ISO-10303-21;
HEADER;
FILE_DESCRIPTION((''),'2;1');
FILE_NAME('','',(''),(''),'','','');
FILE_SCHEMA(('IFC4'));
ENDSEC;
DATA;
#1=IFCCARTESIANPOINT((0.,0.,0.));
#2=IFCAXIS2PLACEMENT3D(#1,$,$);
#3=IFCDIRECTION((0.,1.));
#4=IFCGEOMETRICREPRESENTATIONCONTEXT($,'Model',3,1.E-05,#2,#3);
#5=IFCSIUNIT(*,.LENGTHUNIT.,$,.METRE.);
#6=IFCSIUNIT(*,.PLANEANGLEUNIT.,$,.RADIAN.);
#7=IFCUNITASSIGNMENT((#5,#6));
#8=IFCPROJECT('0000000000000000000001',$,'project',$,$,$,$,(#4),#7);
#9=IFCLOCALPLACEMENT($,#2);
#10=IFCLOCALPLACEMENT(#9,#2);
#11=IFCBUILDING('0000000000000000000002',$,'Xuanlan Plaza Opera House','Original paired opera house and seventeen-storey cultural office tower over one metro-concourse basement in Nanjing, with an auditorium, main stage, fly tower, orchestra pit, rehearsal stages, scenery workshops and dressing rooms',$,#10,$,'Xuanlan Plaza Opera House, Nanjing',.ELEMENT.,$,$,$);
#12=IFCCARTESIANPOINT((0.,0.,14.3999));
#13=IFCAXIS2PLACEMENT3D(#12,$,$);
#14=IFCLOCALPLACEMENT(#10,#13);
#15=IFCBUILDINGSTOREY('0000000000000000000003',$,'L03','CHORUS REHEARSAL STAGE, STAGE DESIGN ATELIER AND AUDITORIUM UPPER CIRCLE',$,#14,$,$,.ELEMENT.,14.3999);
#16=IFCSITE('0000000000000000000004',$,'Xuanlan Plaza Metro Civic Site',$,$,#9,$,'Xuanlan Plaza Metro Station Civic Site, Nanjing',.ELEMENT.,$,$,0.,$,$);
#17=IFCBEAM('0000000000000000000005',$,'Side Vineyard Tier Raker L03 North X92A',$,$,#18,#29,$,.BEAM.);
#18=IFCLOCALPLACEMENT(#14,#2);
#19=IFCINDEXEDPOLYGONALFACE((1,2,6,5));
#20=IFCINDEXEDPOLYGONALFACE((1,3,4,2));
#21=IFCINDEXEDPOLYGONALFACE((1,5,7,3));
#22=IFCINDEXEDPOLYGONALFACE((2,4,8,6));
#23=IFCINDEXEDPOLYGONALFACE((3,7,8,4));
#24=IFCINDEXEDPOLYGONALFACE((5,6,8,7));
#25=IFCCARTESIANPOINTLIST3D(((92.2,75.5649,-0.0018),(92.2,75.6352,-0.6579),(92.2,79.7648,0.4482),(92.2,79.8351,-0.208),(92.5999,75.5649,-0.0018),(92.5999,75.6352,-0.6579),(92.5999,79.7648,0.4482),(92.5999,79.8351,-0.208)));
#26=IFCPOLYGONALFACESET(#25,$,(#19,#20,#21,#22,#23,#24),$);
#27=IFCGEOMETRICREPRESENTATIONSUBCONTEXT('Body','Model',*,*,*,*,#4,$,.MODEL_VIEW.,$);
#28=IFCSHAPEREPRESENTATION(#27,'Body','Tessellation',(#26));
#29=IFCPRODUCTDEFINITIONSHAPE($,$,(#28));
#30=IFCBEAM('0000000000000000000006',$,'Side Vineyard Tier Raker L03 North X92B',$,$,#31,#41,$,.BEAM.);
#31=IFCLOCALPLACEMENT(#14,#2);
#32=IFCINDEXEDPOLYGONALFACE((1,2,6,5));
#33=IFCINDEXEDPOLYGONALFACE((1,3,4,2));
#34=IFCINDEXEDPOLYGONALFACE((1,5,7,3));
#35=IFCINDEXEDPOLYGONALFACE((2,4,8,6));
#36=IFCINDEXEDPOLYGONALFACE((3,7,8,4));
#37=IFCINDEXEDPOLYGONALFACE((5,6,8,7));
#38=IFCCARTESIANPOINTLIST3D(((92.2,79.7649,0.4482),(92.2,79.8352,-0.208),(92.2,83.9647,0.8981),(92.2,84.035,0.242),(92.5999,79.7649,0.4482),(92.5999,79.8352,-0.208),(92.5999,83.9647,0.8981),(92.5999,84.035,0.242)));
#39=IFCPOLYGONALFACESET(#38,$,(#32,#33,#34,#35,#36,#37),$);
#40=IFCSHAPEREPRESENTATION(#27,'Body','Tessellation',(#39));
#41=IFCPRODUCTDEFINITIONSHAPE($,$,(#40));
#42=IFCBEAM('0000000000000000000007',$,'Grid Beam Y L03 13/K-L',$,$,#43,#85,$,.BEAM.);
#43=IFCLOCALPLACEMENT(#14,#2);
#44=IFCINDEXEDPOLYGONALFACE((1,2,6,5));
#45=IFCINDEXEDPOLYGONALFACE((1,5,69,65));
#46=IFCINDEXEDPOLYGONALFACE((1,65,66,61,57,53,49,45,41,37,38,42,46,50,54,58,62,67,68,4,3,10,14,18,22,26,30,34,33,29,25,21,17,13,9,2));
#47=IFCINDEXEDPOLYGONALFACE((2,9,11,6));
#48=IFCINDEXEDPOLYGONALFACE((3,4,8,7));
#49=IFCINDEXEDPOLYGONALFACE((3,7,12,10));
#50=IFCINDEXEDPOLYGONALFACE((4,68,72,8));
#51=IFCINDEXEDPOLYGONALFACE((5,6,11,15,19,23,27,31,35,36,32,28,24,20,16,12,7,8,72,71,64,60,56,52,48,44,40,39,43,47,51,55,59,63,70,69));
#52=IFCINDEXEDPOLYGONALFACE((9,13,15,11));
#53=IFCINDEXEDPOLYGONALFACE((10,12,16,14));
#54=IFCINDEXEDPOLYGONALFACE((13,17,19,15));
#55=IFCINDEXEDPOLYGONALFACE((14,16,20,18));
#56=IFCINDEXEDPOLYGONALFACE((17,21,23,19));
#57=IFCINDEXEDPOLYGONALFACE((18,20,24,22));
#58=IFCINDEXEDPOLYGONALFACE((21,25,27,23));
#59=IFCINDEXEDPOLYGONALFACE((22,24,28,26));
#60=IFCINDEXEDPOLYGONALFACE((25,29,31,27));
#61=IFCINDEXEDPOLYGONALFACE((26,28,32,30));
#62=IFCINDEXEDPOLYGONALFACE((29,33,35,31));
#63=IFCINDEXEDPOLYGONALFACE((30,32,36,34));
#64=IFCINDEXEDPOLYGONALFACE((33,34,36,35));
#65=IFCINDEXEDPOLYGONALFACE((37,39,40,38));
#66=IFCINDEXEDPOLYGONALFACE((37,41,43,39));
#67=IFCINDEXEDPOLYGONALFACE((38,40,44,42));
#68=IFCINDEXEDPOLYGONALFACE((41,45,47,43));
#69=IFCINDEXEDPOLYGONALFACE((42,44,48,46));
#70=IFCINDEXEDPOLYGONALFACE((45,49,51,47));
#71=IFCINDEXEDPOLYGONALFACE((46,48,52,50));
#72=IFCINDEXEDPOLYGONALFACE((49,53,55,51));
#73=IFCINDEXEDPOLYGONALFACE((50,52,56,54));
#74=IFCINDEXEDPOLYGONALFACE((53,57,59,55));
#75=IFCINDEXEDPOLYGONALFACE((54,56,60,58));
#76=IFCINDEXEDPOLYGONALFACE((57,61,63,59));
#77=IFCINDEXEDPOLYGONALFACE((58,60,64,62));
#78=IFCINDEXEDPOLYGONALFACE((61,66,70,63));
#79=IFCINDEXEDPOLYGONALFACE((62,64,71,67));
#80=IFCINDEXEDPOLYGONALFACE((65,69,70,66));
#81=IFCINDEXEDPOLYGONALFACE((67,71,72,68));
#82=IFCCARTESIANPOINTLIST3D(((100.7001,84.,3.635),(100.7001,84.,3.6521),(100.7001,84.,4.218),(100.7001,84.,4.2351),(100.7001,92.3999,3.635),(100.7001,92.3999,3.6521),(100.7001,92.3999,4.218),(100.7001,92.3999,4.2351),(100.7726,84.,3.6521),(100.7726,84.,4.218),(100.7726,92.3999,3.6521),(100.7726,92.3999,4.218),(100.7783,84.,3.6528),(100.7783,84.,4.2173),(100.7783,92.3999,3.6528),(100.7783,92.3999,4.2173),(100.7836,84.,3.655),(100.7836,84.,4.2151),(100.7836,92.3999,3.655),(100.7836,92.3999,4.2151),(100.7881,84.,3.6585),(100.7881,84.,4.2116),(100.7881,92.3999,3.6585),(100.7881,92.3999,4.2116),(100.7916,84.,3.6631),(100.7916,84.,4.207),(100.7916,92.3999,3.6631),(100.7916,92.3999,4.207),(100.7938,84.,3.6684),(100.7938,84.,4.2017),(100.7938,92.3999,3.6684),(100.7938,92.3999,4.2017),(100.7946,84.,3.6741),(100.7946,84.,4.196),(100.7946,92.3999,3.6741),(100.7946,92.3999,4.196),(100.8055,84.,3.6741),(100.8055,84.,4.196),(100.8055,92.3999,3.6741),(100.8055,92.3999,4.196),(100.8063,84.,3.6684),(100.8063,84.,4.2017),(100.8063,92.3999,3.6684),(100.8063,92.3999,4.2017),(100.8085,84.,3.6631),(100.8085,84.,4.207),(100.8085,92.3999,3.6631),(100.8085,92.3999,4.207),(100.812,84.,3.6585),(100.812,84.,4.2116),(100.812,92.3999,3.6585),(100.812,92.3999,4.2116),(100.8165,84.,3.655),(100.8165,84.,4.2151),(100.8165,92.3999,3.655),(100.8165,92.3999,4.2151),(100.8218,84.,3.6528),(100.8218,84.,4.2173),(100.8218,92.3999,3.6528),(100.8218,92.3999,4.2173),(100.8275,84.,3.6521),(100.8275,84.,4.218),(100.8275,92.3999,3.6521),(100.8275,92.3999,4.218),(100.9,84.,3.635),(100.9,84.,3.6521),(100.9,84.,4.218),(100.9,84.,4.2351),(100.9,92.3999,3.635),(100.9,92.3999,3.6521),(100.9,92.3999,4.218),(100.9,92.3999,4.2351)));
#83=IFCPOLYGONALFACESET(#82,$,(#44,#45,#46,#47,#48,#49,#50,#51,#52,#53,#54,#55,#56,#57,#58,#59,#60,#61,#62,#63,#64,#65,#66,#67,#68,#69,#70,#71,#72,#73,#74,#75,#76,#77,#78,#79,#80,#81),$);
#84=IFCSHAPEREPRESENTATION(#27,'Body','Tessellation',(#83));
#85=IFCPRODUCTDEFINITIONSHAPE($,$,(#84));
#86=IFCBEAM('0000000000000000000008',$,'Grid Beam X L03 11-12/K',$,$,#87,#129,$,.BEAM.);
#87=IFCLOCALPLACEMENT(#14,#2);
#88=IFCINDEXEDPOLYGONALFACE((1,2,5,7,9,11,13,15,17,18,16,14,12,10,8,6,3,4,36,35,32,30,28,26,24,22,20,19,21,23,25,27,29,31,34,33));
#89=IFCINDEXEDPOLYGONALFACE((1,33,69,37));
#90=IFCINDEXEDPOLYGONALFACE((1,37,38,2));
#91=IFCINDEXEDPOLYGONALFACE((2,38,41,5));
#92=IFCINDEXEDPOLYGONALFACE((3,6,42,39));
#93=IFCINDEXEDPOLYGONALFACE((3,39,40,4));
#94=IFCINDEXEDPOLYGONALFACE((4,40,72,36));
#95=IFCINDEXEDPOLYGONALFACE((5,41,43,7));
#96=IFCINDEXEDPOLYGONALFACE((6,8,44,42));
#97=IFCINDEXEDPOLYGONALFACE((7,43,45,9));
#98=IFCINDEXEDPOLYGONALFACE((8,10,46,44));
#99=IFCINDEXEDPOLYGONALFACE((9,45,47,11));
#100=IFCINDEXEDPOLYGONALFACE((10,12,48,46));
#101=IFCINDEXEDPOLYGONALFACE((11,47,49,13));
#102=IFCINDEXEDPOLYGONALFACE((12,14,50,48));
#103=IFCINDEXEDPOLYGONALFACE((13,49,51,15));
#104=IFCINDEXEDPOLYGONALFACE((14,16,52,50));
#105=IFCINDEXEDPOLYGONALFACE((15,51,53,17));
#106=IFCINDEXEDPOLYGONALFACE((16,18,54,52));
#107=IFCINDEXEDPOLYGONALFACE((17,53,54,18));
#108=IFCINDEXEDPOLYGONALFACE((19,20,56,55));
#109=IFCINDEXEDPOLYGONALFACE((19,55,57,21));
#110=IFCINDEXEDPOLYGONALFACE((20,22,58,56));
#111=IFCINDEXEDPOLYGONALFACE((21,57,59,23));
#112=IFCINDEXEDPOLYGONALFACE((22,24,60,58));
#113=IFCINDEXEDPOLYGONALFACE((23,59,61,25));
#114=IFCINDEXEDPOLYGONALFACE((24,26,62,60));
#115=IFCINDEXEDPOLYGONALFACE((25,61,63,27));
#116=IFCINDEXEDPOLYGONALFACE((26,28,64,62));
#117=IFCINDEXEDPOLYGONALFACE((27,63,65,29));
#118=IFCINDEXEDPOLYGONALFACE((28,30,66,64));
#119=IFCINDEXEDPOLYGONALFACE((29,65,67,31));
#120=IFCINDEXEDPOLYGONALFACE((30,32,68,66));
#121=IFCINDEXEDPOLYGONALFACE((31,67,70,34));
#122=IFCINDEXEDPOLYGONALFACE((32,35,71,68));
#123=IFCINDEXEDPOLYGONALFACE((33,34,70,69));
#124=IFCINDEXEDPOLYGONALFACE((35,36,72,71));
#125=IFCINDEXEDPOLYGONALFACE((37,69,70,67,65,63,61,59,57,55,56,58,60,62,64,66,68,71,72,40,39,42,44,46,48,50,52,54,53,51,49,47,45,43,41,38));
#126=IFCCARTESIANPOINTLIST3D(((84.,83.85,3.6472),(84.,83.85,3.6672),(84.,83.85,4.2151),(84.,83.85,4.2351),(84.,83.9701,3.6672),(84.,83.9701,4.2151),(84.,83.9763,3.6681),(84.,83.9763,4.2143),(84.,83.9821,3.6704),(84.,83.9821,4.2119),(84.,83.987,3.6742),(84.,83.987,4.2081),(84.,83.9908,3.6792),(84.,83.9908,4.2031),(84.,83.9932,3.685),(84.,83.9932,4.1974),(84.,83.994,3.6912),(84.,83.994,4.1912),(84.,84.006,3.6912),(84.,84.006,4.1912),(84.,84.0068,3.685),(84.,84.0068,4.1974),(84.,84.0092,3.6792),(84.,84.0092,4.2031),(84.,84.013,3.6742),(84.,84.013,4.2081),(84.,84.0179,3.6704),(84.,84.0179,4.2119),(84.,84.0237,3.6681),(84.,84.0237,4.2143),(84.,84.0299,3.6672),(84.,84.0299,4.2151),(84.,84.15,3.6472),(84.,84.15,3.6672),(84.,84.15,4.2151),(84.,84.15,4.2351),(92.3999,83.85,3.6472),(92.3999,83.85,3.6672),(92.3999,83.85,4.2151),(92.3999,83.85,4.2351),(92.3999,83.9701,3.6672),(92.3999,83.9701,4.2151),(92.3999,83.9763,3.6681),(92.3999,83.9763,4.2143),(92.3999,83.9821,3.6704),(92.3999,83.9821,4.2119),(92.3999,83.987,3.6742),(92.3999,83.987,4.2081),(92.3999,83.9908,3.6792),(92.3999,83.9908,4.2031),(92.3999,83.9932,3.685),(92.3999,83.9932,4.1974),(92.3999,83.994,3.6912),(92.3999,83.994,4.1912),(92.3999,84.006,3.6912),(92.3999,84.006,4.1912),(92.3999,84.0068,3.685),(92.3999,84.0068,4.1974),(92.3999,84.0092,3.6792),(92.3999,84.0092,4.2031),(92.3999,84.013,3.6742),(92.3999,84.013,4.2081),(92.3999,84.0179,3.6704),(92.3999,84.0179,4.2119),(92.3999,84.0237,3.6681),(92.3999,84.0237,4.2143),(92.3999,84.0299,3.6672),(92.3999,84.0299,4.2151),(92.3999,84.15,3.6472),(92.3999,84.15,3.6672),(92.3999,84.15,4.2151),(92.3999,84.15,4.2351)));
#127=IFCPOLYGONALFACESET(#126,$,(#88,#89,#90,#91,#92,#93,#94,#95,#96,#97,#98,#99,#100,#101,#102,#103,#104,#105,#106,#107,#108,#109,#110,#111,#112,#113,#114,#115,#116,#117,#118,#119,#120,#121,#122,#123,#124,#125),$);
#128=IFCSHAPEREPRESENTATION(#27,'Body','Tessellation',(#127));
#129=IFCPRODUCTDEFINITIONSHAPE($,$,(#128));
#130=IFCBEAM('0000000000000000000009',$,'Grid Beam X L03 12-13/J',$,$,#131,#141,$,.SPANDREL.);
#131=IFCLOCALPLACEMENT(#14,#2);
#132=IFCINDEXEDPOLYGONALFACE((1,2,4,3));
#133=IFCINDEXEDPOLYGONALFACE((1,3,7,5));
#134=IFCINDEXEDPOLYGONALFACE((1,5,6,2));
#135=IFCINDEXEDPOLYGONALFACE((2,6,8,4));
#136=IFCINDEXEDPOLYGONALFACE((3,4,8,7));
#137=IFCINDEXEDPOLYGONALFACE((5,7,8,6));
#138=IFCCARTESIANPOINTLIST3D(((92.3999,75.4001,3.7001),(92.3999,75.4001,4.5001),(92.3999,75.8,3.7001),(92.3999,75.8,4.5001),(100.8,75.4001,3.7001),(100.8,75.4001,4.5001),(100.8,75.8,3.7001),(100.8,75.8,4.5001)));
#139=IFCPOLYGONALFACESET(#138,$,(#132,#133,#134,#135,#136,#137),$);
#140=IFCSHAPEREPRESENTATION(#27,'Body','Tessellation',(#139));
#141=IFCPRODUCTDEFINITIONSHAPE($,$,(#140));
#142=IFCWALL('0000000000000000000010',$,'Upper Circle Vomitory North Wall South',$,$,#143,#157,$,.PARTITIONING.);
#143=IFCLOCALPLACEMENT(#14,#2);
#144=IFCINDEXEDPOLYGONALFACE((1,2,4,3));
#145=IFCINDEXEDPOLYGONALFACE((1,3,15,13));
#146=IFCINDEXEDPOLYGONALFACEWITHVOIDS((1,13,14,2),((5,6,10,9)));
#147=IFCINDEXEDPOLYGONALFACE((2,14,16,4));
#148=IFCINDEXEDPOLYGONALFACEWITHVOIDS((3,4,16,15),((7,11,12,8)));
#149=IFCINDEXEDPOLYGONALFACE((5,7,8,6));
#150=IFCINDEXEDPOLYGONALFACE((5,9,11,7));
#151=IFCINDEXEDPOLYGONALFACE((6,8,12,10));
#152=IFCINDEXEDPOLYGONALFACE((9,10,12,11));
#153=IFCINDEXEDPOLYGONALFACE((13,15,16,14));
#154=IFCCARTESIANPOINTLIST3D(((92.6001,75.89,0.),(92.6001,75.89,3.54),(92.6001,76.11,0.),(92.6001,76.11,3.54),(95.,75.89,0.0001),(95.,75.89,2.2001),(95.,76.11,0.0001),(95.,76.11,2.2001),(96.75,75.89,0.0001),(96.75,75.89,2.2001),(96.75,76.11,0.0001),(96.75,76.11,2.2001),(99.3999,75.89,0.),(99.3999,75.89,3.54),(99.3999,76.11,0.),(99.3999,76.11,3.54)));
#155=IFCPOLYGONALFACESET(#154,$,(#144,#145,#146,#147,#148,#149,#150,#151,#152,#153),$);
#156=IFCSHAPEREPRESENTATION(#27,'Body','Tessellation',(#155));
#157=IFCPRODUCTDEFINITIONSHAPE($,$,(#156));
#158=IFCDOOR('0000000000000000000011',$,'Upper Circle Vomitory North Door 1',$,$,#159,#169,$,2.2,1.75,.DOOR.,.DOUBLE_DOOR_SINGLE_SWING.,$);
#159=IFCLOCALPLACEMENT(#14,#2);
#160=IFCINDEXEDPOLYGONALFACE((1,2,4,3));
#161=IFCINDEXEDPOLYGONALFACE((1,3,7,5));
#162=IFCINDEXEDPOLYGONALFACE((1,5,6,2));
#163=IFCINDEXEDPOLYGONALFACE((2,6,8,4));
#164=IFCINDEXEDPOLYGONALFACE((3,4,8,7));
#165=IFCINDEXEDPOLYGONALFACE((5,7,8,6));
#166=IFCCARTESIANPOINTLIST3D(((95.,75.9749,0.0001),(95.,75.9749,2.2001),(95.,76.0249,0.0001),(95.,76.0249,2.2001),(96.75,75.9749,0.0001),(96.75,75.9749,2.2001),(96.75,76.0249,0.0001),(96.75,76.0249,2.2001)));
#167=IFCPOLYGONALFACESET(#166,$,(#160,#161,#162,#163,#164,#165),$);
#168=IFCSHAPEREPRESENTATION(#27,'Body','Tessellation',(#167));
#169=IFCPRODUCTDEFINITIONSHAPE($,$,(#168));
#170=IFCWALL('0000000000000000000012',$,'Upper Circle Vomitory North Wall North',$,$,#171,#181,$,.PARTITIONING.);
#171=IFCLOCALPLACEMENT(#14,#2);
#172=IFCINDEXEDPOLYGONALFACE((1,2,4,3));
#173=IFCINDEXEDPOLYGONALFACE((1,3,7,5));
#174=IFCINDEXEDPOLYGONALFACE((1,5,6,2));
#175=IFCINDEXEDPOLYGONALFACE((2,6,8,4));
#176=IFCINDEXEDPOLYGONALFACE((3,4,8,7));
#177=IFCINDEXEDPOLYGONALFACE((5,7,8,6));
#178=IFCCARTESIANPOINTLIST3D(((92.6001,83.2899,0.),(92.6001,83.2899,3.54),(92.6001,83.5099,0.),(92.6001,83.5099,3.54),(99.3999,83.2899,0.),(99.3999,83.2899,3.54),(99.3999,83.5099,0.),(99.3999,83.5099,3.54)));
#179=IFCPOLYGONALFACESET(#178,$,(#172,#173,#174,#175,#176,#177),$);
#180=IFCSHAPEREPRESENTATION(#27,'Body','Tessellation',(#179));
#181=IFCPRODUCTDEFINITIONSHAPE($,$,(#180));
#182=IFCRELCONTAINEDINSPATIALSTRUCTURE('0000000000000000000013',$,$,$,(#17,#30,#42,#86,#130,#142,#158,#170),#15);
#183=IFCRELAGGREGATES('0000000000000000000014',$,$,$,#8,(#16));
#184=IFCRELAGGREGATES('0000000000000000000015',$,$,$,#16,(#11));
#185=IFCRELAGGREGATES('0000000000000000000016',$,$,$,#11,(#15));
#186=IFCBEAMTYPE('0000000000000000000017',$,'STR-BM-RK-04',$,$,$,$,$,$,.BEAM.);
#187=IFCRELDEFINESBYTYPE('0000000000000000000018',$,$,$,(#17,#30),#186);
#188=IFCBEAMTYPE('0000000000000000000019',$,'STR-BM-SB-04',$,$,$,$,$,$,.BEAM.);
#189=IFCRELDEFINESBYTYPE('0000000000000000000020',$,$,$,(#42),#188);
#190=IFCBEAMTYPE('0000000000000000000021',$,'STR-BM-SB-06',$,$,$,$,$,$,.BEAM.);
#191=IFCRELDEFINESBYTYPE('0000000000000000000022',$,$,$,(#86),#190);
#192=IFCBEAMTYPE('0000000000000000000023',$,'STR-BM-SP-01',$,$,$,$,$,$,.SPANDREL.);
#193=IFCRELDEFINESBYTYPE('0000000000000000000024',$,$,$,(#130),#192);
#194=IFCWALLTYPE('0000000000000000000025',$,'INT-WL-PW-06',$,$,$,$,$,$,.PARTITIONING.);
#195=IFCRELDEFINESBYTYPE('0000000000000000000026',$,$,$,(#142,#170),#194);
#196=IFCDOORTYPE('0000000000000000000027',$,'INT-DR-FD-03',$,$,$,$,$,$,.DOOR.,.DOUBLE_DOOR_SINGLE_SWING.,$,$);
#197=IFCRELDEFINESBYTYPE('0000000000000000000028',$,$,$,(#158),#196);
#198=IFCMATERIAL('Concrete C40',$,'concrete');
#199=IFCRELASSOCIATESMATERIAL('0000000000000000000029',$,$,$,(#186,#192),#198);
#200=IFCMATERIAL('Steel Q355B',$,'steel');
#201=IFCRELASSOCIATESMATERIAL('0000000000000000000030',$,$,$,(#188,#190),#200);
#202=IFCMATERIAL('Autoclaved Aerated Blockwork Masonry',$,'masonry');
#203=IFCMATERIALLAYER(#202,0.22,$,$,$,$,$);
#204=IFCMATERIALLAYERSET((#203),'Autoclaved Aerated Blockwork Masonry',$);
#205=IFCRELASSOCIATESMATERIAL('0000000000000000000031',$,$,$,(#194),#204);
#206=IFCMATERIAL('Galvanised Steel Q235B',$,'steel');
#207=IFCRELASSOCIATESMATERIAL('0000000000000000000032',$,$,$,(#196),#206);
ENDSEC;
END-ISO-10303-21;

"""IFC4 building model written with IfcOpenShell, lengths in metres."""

from ifc_helpers import new_model, si_unit, direction, frame, frame_2d, origin, origin_2d, place, context, subcontext, project, spatial, rectangle, i_section, extrude, material, layer, layer_set, material_profile, profile_set, type_object, element, fill, save


model = new_model("IFC4")

# Units and contexts
model_context = context("Model", 3, precision=1e-05, world=origin(), true_north=direction((0.0, 1.0)))
body_context = subcontext(model_context, "Body", "Model", "MODEL_VIEW")
ifc_project = project(units=[si_unit("LENGTHUNIT", "METRE"), si_unit("PLANEANGLEUNIT", "RADIAN")], contexts=[model_context])

# Site, building, storey
site_placement = place(None, origin())
site = spatial("IfcSite", under=ifc_project, at=site_placement, Name="Xuanlan Plaza Metro Civic Site", LongName="Xuanlan Plaza Metro Station Civic Site, Nanjing", CompositionType="ELEMENT", RefElevation=0.0)
building_placement = place(site_placement, origin())
building = spatial("IfcBuilding", under=site, at=building_placement, Name="Xuanlan Plaza Opera House", Description="Original paired opera house and seventeen-storey cultural office tower over one metro-concourse basement in Nanjing, with an auditorium, main stage, fly tower, orchestra pit, rehearsal stages, scenery workshops and dressing rooms", LongName="Xuanlan Plaza Opera House, Nanjing", CompositionType="ELEMENT")
storey_placement = place(building_placement, frame((0.0, 0.0, 14.3999)))
storey = spatial("IfcBuildingStorey", under=building, at=storey_placement, Name="L03", Description="CHORUS REHEARSAL STAGE, STAGE DESIGN ATELIER AND AUDITORIUM UPPER CIRCLE", CompositionType="ELEMENT", Elevation=14.3999)

# Shared definitions
ifc_material_1 = material(Name="Concrete C40", Category="concrete")

# Beams
ifc_material_profile_1 = material_profile(ifc_material_1, rectangle(XDim=0.3999, YDim=0.6599, at=origin_2d()), Name="RC-RKR 400x660")
ifc_profile_set_1 = profile_set([ifc_material_profile_1], Name="Concrete C40")
beam_type_1 = type_object("IfcBeamType", Name="STR-BM-RK-04", PredefinedType="BEAM", material=ifc_profile_set_1)
for number, where, z_axis, x_axis, name in (
    (1, (92.3999, 75.6001, -0.3298), (0.0, 0.99431, 0.106523), (-1.0, 0.0, 0.0), "Side Vineyard Tier Raker L03 North X92A"),
    (2, (92.3999, 79.8, 0.1201), (0.0, 0.99431, 0.106523), (-1.0, 0.0, 0.0), "Side Vineyard Tier Raker L03 North X92B"),
):
    element("IfcBeam", number, at=place(storey_placement, frame(where, z_axis=z_axis, x_axis=x_axis)), inside=storey, type_object=beam_type_1, Name=name, PredefinedType="BEAM", context=body_context, shape_type="SweptSolid", body=[
        extrude(rectangle(XDim=0.3999, YDim=0.6599, at=origin_2d()), origin(), (0.0, 0.0, 1.0), 4.2239),
    ])
ifc_material_2 = material(Name="Steel Q355B", Category="steel")
ifc_material_profile_2 = material_profile(ifc_material_2, i_section(OverallWidth=0.2, OverallDepth=0.6001, WebThickness=0.011, FlangeThickness=0.0171, FilletRadius=0.022, at=origin_2d()), Name="HN 600x200x11x17")
ifc_profile_set_2 = profile_set([ifc_material_profile_2], Name="Steel Q355B")
beam_type_2 = type_object("IfcBeamType", Name="STR-BM-SB-04", PredefinedType="BEAM", material=ifc_profile_set_2)
beam_1_placement = place(storey_placement, frame((100.8, 84.0, 3.9351), z_axis=(0.0, 1.0, 0.0), x_axis=(-1.0, 0.0, 0.0)))
element("IfcBeam", 3, at=beam_1_placement, inside=storey, type_object=beam_type_2, Name="Grid Beam Y L03 13/K-L", PredefinedType="BEAM", context=body_context, shape_type="SweptSolid", body=[
    extrude(i_section(OverallWidth=0.2, OverallDepth=0.6001, WebThickness=0.011, FlangeThickness=0.0171, FilletRadius=0.022, at=origin_2d()), origin(), (0.0, 0.0, 1.0), 8.3999),
])
ifc_material_profile_3 = material_profile(ifc_material_2, i_section(OverallWidth=0.3, OverallDepth=0.5879, WebThickness=0.012, FlangeThickness=0.02, FilletRadius=0.0239, at=origin_2d()), Name="HM 588x300x12x20")
ifc_profile_set_3 = profile_set([ifc_material_profile_3], Name="Steel Q355B")
beam_type_3 = type_object("IfcBeamType", Name="STR-BM-SB-06", PredefinedType="BEAM", material=ifc_profile_set_3)
beam_2_placement = place(storey_placement, frame((84.0, 84.0, 3.9412), z_axis=(1.0, 0.0, 0.0), x_axis=(0.0, 1.0, 0.0)))
element("IfcBeam", 4, at=beam_2_placement, inside=storey, type_object=beam_type_3, Name="Grid Beam X L03 11-12/K", PredefinedType="BEAM", context=body_context, shape_type="SweptSolid", body=[
    extrude(i_section(OverallWidth=0.3, OverallDepth=0.5879, WebThickness=0.012, FlangeThickness=0.02, FilletRadius=0.0239, at=origin_2d()), origin(), (0.0, 0.0, 1.0), 8.3999),
])
ifc_material_profile_4 = material_profile(ifc_material_1, rectangle(XDim=0.3999, YDim=0.8, at=origin_2d()), Name="RC-SPD 400x800")
ifc_profile_set_4 = profile_set([ifc_material_profile_4], Name="Concrete C40")
beam_type_4 = type_object("IfcBeamType", Name="STR-BM-SP-01", PredefinedType="SPANDREL", material=ifc_profile_set_4)
beam_3_placement = place(storey_placement, frame((92.3999, 75.6001, 4.1001), z_axis=(1.0, 0.0, 0.0), x_axis=(0.0, 1.0, 0.0)))
element("IfcBeam", 5, at=beam_3_placement, inside=storey, type_object=beam_type_4, Name="Grid Beam X L03 12-13/J", PredefinedType="SPANDREL", context=body_context, shape_type="SweptSolid", body=[
    extrude(rectangle(XDim=0.3999, YDim=0.8, at=origin_2d()), origin(), (0.0, 0.0, 1.0), 8.4001),
])

# Wall, opening, door
ifc_material_3 = material(Name="Autoclaved Aerated Blockwork Masonry", Category="masonry")
ifc_layer_1 = layer(ifc_material_3, 0.22)
ifc_layer_set_1 = layer_set([ifc_layer_1], Name="Autoclaved Aerated Blockwork Masonry")
wall_type_1 = type_object("IfcWallType", Name="INT-WL-PW-06", PredefinedType="PARTITIONING", material=ifc_layer_set_1)
wall_1_placement = place(storey_placement, frame((92.6001, 76.0, 0.0), z_axis=(0.0, 0.0, 1.0), x_axis=(1.0, 0.0, 0.0)))
wall_1 = element("IfcWall", 6, at=wall_1_placement, inside=storey, type_object=wall_type_1, Name="Upper Circle Vomitory North Wall South", PredefinedType="PARTITIONING", context=body_context, shape_type="SweptSolid", body=[
    extrude(rectangle(XDim=6.7998, YDim=0.22, at=frame_2d((3.3999, 0.0))), origin(), (0.0, 0.0, 1.0), 3.54),
])
opening_1_placement = place(wall_1_placement, frame((2.3999, 0.0, 0.0)))
opening_1 = element("IfcOpeningElement", 7, at=opening_1_placement, cuts=wall_1, PredefinedType="OPENING", context=body_context, shape_type="SweptSolid", body=[
    extrude(rectangle(XDim=1.75, YDim=2.2, at=frame_2d((0.875, 1.1001))), frame((0.0, 0.1199, 0.0), z_axis=(0.0, -1.0, 0.0), x_axis=(1.0, 0.0, 0.0)), (0.0, 0.0, 1.0), 0.24),
])
ifc_material_4 = material(Name="Galvanised Steel Q235B", Category="steel")
door_type_1 = type_object("IfcDoorType", Name="INT-DR-FD-03", OperationType="DOUBLE_DOOR_SINGLE_SWING", PredefinedType="DOOR", material=ifc_material_4)
door_1_placement = place(opening_1_placement, origin())
door_1 = element("IfcDoor", 8, at=door_1_placement, inside=storey, type_object=door_type_1, Name="Upper Circle Vomitory North Door 1", OperationType="DOUBLE_DOOR_SINGLE_SWING", OverallHeight=2.2, OverallWidth=1.75, PredefinedType="DOOR", context=body_context, shape_type="SweptSolid", body=[
    extrude(rectangle(XDim=1.75, YDim=2.2, at=frame_2d((0.875, 1.1001))), frame((0.0, 0.0249, 0.0), z_axis=(0.0, -1.0, 0.0), x_axis=(1.0, 0.0, 0.0)), (0.0, 0.0, 1.0), 0.05),
])
fill(opening_1, door_1)

# Wall
wall_2_placement = place(storey_placement, frame((92.6001, 83.3999, 0.0), z_axis=(0.0, 0.0, 1.0), x_axis=(1.0, 0.0, 0.0)))
element("IfcWall", 9, at=wall_2_placement, inside=storey, type_object=wall_type_1, Name="Upper Circle Vomitory North Wall North", PredefinedType="PARTITIONING", context=body_context, shape_type="SweptSolid", body=[
    extrude(rectangle(XDim=6.7998, YDim=0.22, at=frame_2d((3.3999, 0.0))), origin(), (0.0, 0.0, 1.0), 3.54),
])

save(model, "model.ifc")
